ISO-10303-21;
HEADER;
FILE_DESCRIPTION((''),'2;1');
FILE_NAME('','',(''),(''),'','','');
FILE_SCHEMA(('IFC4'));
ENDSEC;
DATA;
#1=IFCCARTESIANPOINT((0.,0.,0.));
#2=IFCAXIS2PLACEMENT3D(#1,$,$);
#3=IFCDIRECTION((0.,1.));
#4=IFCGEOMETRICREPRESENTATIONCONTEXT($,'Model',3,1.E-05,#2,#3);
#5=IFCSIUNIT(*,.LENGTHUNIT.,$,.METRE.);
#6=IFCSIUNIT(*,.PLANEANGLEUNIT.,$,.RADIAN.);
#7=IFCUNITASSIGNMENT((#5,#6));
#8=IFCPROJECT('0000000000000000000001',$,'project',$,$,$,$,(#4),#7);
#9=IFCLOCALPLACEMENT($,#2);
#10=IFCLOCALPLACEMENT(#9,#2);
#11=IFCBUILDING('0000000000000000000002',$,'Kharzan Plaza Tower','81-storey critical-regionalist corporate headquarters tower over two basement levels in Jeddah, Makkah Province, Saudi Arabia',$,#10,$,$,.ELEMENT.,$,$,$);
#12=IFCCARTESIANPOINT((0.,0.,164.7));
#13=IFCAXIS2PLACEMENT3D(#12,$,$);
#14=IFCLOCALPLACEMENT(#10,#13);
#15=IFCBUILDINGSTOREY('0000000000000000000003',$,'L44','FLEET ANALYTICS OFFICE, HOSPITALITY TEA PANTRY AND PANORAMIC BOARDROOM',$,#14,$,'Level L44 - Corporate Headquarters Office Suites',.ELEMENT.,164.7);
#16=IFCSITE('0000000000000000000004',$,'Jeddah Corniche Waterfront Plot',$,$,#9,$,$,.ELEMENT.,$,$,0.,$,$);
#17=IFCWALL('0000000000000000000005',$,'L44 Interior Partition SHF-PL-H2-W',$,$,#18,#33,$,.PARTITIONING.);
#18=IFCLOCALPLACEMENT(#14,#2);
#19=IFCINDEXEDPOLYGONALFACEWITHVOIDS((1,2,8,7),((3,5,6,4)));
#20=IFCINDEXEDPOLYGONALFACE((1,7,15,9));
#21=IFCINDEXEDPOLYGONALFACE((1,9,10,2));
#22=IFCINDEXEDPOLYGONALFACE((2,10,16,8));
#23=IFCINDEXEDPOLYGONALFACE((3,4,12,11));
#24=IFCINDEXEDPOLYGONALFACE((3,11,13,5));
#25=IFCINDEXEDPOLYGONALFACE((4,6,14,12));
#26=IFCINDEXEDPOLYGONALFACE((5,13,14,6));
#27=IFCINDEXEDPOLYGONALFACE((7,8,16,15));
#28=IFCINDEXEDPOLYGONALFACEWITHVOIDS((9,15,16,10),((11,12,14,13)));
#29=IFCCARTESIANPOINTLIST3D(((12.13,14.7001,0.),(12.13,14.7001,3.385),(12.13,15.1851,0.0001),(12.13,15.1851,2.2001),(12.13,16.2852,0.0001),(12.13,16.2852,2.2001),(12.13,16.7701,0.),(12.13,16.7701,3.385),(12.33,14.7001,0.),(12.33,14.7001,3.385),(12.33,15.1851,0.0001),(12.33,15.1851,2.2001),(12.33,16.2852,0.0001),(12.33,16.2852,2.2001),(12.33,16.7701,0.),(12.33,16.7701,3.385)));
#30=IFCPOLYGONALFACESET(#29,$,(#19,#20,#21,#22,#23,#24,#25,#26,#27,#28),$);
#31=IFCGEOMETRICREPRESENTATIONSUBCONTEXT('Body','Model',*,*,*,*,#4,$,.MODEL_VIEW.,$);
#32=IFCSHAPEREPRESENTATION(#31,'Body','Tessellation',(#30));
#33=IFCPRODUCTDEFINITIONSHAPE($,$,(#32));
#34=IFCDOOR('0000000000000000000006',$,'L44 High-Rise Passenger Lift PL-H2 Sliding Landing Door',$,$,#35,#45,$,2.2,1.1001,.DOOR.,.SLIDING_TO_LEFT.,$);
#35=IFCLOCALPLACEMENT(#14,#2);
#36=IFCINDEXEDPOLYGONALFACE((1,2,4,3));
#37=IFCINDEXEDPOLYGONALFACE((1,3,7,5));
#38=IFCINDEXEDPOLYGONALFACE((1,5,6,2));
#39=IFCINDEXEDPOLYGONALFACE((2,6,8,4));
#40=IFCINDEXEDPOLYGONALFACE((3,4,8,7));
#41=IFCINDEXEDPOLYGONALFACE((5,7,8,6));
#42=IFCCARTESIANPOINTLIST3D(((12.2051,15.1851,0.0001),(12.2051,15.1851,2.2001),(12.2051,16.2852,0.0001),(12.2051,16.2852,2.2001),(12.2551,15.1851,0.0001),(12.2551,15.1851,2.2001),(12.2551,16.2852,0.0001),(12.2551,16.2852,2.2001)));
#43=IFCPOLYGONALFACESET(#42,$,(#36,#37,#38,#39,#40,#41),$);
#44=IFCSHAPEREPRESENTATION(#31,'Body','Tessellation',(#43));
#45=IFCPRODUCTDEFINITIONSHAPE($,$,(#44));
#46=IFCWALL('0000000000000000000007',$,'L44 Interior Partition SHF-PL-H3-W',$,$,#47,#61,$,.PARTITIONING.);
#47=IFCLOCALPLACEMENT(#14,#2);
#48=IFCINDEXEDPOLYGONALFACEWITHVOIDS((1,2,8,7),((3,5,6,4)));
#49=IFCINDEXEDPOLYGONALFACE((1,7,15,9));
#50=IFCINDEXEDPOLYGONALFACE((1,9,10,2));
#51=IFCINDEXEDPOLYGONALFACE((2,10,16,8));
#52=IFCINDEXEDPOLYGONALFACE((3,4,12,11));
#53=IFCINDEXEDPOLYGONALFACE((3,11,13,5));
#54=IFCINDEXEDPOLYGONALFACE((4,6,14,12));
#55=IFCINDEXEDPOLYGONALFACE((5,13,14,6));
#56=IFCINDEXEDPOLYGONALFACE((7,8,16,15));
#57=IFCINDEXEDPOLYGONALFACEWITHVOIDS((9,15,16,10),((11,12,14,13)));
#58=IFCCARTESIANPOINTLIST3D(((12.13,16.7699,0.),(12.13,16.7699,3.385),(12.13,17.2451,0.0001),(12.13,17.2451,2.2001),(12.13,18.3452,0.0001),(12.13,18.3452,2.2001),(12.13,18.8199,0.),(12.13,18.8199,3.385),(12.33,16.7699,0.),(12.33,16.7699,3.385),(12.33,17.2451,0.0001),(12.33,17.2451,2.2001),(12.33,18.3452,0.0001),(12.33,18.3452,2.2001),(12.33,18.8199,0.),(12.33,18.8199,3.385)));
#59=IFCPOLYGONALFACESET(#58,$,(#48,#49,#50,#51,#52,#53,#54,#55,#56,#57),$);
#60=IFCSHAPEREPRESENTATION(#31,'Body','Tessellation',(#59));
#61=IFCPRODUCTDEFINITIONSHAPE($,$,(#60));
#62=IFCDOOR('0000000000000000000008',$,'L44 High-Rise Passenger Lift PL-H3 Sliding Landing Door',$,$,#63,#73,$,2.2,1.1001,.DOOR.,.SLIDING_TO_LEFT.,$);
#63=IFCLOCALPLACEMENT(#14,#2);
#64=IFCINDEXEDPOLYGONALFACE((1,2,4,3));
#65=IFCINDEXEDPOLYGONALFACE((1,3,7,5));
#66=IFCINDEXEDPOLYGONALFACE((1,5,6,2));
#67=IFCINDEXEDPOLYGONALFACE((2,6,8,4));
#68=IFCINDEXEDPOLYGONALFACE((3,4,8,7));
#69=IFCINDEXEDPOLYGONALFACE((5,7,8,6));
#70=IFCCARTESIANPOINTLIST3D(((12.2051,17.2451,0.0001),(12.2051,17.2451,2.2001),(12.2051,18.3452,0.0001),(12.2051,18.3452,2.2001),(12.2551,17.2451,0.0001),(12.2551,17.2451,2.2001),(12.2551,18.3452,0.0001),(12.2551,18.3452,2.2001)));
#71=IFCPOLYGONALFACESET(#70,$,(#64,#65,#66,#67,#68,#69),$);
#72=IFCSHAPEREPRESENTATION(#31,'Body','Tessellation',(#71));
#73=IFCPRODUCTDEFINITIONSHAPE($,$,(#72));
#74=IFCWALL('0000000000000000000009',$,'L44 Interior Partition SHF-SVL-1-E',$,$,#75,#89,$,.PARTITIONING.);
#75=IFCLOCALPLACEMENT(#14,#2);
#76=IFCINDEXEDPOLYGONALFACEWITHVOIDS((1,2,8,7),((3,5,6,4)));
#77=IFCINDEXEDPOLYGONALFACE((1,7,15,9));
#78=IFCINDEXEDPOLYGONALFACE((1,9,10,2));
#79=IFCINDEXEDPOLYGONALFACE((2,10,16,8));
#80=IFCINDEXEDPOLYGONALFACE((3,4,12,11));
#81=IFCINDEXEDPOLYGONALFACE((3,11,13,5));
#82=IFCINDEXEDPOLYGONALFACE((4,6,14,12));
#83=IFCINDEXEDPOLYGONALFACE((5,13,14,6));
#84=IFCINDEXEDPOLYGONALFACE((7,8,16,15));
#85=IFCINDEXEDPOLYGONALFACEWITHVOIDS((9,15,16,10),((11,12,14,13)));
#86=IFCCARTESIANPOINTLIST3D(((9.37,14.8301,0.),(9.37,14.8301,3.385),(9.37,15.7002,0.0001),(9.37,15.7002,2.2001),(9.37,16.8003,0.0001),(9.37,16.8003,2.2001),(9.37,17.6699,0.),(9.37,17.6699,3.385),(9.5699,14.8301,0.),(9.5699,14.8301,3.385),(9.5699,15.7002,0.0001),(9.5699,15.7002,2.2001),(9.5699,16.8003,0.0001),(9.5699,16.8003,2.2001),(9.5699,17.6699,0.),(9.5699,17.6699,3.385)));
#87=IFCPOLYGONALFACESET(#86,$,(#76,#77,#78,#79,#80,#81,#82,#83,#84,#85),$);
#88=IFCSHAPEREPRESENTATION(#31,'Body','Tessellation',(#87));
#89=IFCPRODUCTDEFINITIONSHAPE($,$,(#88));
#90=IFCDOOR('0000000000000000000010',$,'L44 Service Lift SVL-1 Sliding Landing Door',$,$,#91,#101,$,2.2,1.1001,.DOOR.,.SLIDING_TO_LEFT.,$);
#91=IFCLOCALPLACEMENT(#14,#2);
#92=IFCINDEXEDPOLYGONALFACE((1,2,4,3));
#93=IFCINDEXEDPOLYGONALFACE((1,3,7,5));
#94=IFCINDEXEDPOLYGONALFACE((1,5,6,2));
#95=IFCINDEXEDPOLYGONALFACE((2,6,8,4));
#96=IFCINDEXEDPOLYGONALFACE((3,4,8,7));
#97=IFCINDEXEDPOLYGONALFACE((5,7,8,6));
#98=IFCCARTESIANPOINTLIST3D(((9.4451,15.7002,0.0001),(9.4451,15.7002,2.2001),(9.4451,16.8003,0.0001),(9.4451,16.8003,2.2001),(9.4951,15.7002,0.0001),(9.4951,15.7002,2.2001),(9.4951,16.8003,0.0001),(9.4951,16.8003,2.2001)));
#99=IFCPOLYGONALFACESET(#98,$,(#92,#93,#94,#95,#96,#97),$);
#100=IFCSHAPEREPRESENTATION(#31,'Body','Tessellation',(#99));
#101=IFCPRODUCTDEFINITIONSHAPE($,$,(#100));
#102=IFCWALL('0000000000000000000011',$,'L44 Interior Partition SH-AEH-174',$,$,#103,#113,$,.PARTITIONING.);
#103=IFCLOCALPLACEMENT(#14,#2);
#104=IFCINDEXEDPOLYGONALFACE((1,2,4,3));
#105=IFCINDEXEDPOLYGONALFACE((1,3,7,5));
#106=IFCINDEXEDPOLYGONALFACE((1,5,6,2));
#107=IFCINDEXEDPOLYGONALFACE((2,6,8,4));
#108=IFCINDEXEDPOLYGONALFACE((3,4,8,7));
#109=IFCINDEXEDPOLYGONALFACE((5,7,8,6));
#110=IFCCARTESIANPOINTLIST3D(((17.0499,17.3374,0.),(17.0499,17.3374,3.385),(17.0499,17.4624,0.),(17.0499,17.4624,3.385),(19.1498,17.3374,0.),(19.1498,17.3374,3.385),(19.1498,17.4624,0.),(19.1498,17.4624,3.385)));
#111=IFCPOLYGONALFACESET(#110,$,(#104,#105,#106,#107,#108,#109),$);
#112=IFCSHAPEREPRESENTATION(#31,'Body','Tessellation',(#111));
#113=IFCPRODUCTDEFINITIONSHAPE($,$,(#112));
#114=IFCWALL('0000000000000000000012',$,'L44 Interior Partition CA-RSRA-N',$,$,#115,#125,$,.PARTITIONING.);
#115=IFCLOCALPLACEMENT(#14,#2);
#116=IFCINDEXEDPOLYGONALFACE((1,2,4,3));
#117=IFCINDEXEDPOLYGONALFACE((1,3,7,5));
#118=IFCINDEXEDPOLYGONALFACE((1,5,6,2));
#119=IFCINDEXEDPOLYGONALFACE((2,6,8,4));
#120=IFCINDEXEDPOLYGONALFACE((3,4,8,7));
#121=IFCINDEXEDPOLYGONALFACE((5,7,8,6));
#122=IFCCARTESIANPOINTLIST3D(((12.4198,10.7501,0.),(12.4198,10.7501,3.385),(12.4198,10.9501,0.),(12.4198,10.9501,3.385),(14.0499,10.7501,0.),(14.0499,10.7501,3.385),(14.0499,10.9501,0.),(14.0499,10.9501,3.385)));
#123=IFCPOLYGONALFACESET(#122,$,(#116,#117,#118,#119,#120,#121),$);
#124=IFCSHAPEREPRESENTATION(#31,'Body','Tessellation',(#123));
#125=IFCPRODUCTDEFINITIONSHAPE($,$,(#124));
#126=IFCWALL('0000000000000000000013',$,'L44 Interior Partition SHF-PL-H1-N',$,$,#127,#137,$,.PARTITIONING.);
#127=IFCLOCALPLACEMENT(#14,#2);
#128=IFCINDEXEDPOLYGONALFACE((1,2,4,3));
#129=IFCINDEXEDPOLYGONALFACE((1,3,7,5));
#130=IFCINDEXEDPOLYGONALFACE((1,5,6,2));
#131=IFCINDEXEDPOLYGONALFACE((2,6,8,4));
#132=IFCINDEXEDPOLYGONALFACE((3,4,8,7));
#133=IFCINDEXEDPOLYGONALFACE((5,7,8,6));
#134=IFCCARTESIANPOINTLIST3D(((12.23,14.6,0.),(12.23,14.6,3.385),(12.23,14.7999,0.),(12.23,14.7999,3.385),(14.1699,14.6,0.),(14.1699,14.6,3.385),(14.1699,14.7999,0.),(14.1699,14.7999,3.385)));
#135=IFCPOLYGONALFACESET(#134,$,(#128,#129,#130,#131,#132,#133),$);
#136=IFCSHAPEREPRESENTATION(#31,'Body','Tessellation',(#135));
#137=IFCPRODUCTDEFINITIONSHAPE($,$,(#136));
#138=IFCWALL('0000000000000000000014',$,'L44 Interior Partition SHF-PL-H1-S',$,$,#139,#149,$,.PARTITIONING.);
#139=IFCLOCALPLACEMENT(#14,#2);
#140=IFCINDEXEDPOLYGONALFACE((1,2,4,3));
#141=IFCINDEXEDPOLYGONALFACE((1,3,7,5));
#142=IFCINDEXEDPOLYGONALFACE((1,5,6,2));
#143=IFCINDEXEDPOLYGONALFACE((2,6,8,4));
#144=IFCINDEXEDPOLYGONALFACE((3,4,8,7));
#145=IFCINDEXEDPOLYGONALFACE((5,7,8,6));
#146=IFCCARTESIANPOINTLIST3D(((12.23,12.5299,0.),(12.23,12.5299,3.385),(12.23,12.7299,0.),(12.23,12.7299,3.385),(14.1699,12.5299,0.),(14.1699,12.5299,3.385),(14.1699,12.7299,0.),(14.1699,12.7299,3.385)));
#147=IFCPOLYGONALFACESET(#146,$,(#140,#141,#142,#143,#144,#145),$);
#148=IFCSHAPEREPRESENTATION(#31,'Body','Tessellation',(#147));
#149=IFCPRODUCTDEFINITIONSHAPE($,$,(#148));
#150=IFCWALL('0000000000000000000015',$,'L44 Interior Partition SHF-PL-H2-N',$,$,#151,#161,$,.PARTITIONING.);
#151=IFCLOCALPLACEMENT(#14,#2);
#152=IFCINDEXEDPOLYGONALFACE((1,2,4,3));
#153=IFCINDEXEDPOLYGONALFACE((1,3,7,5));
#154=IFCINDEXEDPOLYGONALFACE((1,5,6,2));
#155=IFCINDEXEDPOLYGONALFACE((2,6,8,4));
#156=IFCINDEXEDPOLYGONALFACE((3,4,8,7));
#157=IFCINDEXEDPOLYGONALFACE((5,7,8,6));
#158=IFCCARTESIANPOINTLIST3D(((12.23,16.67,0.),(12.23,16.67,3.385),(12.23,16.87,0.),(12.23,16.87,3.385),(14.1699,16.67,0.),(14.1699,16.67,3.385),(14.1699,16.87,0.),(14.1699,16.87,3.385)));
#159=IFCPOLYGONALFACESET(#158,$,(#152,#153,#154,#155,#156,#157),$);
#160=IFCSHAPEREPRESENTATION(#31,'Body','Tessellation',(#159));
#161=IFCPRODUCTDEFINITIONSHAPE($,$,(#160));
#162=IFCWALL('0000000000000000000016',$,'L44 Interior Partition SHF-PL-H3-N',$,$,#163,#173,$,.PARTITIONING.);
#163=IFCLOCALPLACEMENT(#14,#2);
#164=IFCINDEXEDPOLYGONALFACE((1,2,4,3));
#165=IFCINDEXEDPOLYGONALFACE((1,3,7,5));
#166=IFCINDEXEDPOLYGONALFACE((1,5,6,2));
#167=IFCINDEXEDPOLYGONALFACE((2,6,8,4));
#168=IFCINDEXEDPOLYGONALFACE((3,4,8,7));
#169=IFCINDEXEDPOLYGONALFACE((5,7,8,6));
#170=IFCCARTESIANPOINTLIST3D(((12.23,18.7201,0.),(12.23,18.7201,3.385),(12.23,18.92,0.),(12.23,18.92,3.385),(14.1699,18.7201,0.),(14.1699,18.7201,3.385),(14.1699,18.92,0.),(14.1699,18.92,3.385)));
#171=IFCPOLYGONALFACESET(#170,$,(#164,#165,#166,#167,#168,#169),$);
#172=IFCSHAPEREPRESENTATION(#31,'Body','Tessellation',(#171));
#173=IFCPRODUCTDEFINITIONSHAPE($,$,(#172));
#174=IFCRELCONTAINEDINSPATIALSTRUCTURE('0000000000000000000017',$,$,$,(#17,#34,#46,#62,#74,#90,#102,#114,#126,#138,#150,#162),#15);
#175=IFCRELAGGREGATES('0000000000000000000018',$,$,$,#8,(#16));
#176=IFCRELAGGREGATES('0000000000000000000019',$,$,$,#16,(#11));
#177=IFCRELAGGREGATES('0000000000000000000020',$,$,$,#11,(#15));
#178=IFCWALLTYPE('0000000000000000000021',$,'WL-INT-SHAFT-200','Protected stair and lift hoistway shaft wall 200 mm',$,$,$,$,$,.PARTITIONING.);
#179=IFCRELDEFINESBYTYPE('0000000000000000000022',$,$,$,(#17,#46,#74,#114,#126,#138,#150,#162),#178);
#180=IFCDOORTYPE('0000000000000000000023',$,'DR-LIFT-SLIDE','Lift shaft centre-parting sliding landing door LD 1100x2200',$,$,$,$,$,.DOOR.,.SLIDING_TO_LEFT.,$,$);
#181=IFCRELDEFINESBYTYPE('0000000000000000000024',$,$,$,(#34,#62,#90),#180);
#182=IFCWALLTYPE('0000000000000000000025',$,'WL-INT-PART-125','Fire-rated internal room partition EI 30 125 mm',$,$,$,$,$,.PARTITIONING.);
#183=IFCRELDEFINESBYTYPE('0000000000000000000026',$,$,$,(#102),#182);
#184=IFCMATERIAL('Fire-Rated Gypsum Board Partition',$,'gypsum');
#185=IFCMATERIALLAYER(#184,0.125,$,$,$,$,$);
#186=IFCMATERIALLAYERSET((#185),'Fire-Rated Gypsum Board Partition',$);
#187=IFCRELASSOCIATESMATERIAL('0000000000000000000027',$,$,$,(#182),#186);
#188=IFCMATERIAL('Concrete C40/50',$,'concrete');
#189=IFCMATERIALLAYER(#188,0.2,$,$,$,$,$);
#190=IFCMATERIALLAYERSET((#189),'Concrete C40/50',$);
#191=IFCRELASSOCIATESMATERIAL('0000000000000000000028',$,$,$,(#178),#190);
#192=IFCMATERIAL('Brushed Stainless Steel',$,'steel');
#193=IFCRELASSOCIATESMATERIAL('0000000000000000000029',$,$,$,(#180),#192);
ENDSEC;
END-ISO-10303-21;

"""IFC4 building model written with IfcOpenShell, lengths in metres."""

from ifc_helpers import new_model, si_unit, direction, frame, frame_2d, origin, place, context, subcontext, project, spatial, rectangle, extrude, source, transform, mapped, material, layer, layer_set, type_object, element, fill, save


model = new_model("IFC4")

# Units and contexts
model_context = context("Model", 3, precision=1e-05, world=origin(), true_north=direction((0.0, 1.0)))
body_context = subcontext(model_context, "Body", "Model", "MODEL_VIEW")
ifc_project = project(units=[si_unit("LENGTHUNIT", "METRE"), si_unit("PLANEANGLEUNIT", "RADIAN")], contexts=[model_context])

# Site, building, storey
site_placement = place(None, origin())
site = spatial("IfcSite", under=ifc_project, at=site_placement, Name="Jeddah Corniche Waterfront Plot", CompositionType="ELEMENT", RefElevation=0.0)
building_placement = place(site_placement, origin())
building = spatial("IfcBuilding", under=site, at=building_placement, Name="Kharzan Plaza Tower", Description="81-storey critical-regionalist corporate headquarters tower over two basement levels in Jeddah, Makkah Province, Saudi Arabia", CompositionType="ELEMENT")
storey_placement = place(building_placement, frame((0.0, 0.0, 164.7)))
storey = spatial("IfcBuildingStorey", under=building, at=storey_placement, Name="L44", Description="FLEET ANALYTICS OFFICE, HOSPITALITY TEA PANTRY AND PANORAMIC BOARDROOM", LongName="Level L44 - Corporate Headquarters Office Suites", CompositionType="ELEMENT", Elevation=164.7)

# Walls, openings, doors
ifc_material_1 = material(Name="Fire-Rated Gypsum Board Partition", Category="gypsum")
ifc_layer_1 = layer(ifc_material_1, 0.125)
ifc_layer_set_1 = layer_set([ifc_layer_1], Name="Fire-Rated Gypsum Board Partition")
wall_type_1 = type_object("IfcWallType", Name="WL-INT-PART-125", Description="Fire-rated internal room partition EI 30 125 mm", PredefinedType="PARTITIONING", material=ifc_layer_set_1)
ifc_material_2 = material(Name="Concrete C40/50", Category="concrete")
ifc_layer_2 = layer(ifc_material_2, 0.2)
ifc_layer_set_2 = layer_set([ifc_layer_2], Name="Concrete C40/50")
wall_type_2 = type_object("IfcWallType", Name="WL-INT-SHAFT-200", Description="Protected stair and lift hoistway shaft wall 200 mm", PredefinedType="PARTITIONING", material=ifc_layer_set_2)
ifc_material_3 = material(Name="Brushed Stainless Steel", Category="steel")
door_type_1 = type_object("IfcDoorType", Name="DR-LIFT-SLIDE", Description="Lift shaft centre-parting sliding landing door LD 1100x2200", OperationType="SLIDING_TO_LEFT", PredefinedType="DOOR", material=ifc_material_3)
shared_shape_1 = source(origin(), body_context, "Body", "SweptSolid", [
    extrude(rectangle(XDim=1.1001, YDim=2.2, at=frame_2d((0.55, 1.1001))), frame((0.0, 0.0249, 0.0), z_axis=(0.0, -1.0, 0.0), x_axis=(1.0, 0.0, 0.0)), (0.0, 0.0, 1.0), 0.05),
])
wall_1_placement = place(storey_placement, frame((12.23, 14.7, 0.0), z_axis=(0.0, 0.0, 1.0), x_axis=(0.0, 1.0, 0.0)))
wall_1 = element("IfcWall", 1, at=wall_1_placement, inside=storey, type_object=wall_type_2, Name="L44 Interior Partition SHF-PL-H2-W", PredefinedType="PARTITIONING", context=body_context, shape_type="SweptSolid", body=[
    extrude(rectangle(XDim=2.0701, YDim=0.2, at=frame_2d((1.0352, 0.0))), origin(), (0.0, 0.0, 1.0), 3.385),
])
opening_1_placement = place(wall_1_placement, frame((0.4851, 0.0, 0.0)))
opening_1 = element("IfcOpeningElement", 2, at=opening_1_placement, cuts=wall_1, PredefinedType="OPENING", context=body_context, shape_type="SweptSolid", body=[
    extrude(rectangle(XDim=1.1001, YDim=2.2, at=frame_2d((0.55, 1.1001))), frame((0.0, 0.1099, 0.0), z_axis=(0.0, -1.0, 0.0), x_axis=(1.0, 0.0, 0.0)), (0.0, 0.0, 1.0), 0.22),
])
door_1_placement = place(opening_1_placement, origin())
door_1 = element("IfcDoor", 3, at=door_1_placement, inside=storey, type_object=door_type_1, Name="L44 High-Rise Passenger Lift PL-H2 Sliding Landing Door", OperationType="SLIDING_TO_LEFT", OverallHeight=2.2, OverallWidth=1.1001, PredefinedType="DOOR", context=body_context, shape_type="MappedRepresentation", body=[
    mapped(shared_shape_1, transform((0.0, 0.0, 0.0), x_axis=(1.0, 0.0, 0.0), y_axis=(0.0, 1.0, 0.0), z_axis=(0.0, 0.0, 1.0))),
])
fill(opening_1, door_1)
wall_2_placement = place(storey_placement, frame((12.23, 16.77, 0.0), z_axis=(0.0, 0.0, 1.0), x_axis=(0.0, 1.0, 0.0)))
wall_2 = element("IfcWall", 4, at=wall_2_placement, inside=storey, type_object=wall_type_2, Name="L44 Interior Partition SHF-PL-H3-W", PredefinedType="PARTITIONING", context=body_context, shape_type="SweptSolid", body=[
    extrude(rectangle(XDim=2.05, YDim=0.2, at=frame_2d((1.0249, 0.0))), origin(), (0.0, 0.0, 1.0), 3.385),
])
opening_2_placement = place(wall_2_placement, frame((0.4751, 0.0, 0.0)))
opening_2 = element("IfcOpeningElement", 5, at=opening_2_placement, cuts=wall_2, PredefinedType="OPENING", context=body_context, shape_type="SweptSolid", body=[
    extrude(rectangle(XDim=1.1001, YDim=2.2, at=frame_2d((0.55, 1.1001))), frame((0.0, 0.1099, 0.0), z_axis=(0.0, -1.0, 0.0), x_axis=(1.0, 0.0, 0.0)), (0.0, 0.0, 1.0), 0.22),
])
door_2_placement = place(opening_2_placement, origin())
door_2 = element("IfcDoor", 6, at=door_2_placement, inside=storey, type_object=door_type_1, Name="L44 High-Rise Passenger Lift PL-H3 Sliding Landing Door", OperationType="SLIDING_TO_LEFT", OverallHeight=2.2, OverallWidth=1.1001, PredefinedType="DOOR", context=body_context, shape_type="MappedRepresentation", body=[
    mapped(shared_shape_1, transform((0.0, 0.0, 0.0), x_axis=(1.0, 0.0, 0.0), y_axis=(0.0, 1.0, 0.0), z_axis=(0.0, 0.0, 1.0))),
])
fill(opening_2, door_2)
wall_3_placement = place(storey_placement, frame((9.47, 14.8301, 0.0), z_axis=(0.0, 0.0, 1.0), x_axis=(0.0, 1.0, 0.0)))
wall_3 = element("IfcWall", 7, at=wall_3_placement, inside=storey, type_object=wall_type_2, Name="L44 Interior Partition SHF-SVL-1-E", PredefinedType="PARTITIONING", context=body_context, shape_type="SweptSolid", body=[
    extrude(rectangle(XDim=2.8398, YDim=0.2, at=frame_2d((1.4199, 0.0))), origin(), (0.0, 0.0, 1.0), 3.385),
])
opening_3_placement = place(wall_3_placement, frame((0.8701, 0.0, 0.0)))
opening_3 = element("IfcOpeningElement", 8, at=opening_3_placement, cuts=wall_3, PredefinedType="OPENING", context=body_context, shape_type="SweptSolid", body=[
    extrude(rectangle(XDim=1.1001, YDim=2.2, at=frame_2d((0.55, 1.1001))), frame((0.0, 0.1099, 0.0), z_axis=(0.0, -1.0, 0.0), x_axis=(1.0, 0.0, 0.0)), (0.0, 0.0, 1.0), 0.22),
])
door_3_placement = place(opening_3_placement, origin())
door_3 = element("IfcDoor", 9, at=door_3_placement, inside=storey, type_object=door_type_1, Name="L44 Service Lift SVL-1 Sliding Landing Door", OperationType="SLIDING_TO_LEFT", OverallHeight=2.2, OverallWidth=1.1001, PredefinedType="DOOR", context=body_context, shape_type="MappedRepresentation", body=[
    mapped(shared_shape_1, transform((0.0, 0.0, 0.0), x_axis=(1.0, 0.0, 0.0), y_axis=(0.0, 1.0, 0.0), z_axis=(0.0, 0.0, 1.0))),
])
fill(opening_3, door_3)

# Walls
shared_shape_2 = source(origin(), body_context, "Body", "SweptSolid", [
    extrude(rectangle(XDim=2.0999, YDim=0.125, at=frame_2d((1.0498, 0.0))), origin(), (0.0, 0.0, 1.0), 3.385),
])
wall_4_placement = place(storey_placement, frame((17.05, 17.3999, 0.0), z_axis=(0.0, 0.0, 1.0), x_axis=(1.0, 0.0, 0.0)))
element("IfcWall", 10, at=wall_4_placement, inside=storey, type_object=wall_type_1, Name="L44 Interior Partition SH-AEH-174", PredefinedType="PARTITIONING", context=body_context, shape_type="MappedRepresentation", body=[
    mapped(shared_shape_2, transform((0.0, 0.0, 0.0), x_axis=(1.0, 0.0, 0.0), y_axis=(0.0, 1.0, 0.0), z_axis=(0.0, 0.0, 1.0))),
])
shared_shape_3 = source(origin(), body_context, "Body", "SweptSolid", [
    extrude(rectangle(XDim=1.6301, YDim=0.2, at=frame_2d((0.8149, 0.0))), origin(), (0.0, 0.0, 1.0), 3.385),
])
wall_5_placement = place(storey_placement, frame((12.4199, 10.8501, 0.0), z_axis=(0.0, 0.0, 1.0), x_axis=(1.0, 0.0, 0.0)))
element("IfcWall", 11, at=wall_5_placement, inside=storey, type_object=wall_type_2, Name="L44 Interior Partition CA-RSRA-N", PredefinedType="PARTITIONING", context=body_context, shape_type="MappedRepresentation", body=[
    mapped(shared_shape_3, transform((0.0, 0.0, 0.0), x_axis=(1.0, 0.0, 0.0), y_axis=(0.0, 1.0, 0.0), z_axis=(0.0, 0.0, 1.0))),
])
shared_shape_4 = source(origin(), body_context, "Body", "SweptSolid", [
    extrude(rectangle(XDim=1.9399, YDim=0.2, at=frame_2d((0.97, 0.0))), origin(), (0.0, 0.0, 1.0), 3.385),
])
for number, where, z_axis, x_axis, name in (
    (12, (12.23, 14.7, 0.0), (0.0, 0.0, 1.0), (1.0, 0.0, 0.0), "L44 Interior Partition SHF-PL-H1-N"),
    (13, (12.23, 12.6299, 0.0), (0.0, 0.0, 1.0), (1.0, 0.0, 0.0), "L44 Interior Partition SHF-PL-H1-S"),
    (14, (12.23, 16.77, 0.0), (0.0, 0.0, 1.0), (1.0, 0.0, 0.0), "L44 Interior Partition SHF-PL-H2-N"),
    (15, (12.23, 18.8201, 0.0), (0.0, 0.0, 1.0), (1.0, 0.0, 0.0), "L44 Interior Partition SHF-PL-H3-N"),
):
    element("IfcWall", number, at=place(storey_placement, frame(where, z_axis=z_axis, x_axis=x_axis)), inside=storey, type_object=wall_type_2, Name=name, PredefinedType="PARTITIONING", context=body_context, shape_type="MappedRepresentation", body=[
        mapped(shared_shape_4, transform((0.0, 0.0, 0.0), x_axis=(1.0, 0.0, 0.0), y_axis=(0.0, 1.0, 0.0), z_axis=(0.0, 0.0, 1.0))),
    ])

save(model, "model.ifc")
